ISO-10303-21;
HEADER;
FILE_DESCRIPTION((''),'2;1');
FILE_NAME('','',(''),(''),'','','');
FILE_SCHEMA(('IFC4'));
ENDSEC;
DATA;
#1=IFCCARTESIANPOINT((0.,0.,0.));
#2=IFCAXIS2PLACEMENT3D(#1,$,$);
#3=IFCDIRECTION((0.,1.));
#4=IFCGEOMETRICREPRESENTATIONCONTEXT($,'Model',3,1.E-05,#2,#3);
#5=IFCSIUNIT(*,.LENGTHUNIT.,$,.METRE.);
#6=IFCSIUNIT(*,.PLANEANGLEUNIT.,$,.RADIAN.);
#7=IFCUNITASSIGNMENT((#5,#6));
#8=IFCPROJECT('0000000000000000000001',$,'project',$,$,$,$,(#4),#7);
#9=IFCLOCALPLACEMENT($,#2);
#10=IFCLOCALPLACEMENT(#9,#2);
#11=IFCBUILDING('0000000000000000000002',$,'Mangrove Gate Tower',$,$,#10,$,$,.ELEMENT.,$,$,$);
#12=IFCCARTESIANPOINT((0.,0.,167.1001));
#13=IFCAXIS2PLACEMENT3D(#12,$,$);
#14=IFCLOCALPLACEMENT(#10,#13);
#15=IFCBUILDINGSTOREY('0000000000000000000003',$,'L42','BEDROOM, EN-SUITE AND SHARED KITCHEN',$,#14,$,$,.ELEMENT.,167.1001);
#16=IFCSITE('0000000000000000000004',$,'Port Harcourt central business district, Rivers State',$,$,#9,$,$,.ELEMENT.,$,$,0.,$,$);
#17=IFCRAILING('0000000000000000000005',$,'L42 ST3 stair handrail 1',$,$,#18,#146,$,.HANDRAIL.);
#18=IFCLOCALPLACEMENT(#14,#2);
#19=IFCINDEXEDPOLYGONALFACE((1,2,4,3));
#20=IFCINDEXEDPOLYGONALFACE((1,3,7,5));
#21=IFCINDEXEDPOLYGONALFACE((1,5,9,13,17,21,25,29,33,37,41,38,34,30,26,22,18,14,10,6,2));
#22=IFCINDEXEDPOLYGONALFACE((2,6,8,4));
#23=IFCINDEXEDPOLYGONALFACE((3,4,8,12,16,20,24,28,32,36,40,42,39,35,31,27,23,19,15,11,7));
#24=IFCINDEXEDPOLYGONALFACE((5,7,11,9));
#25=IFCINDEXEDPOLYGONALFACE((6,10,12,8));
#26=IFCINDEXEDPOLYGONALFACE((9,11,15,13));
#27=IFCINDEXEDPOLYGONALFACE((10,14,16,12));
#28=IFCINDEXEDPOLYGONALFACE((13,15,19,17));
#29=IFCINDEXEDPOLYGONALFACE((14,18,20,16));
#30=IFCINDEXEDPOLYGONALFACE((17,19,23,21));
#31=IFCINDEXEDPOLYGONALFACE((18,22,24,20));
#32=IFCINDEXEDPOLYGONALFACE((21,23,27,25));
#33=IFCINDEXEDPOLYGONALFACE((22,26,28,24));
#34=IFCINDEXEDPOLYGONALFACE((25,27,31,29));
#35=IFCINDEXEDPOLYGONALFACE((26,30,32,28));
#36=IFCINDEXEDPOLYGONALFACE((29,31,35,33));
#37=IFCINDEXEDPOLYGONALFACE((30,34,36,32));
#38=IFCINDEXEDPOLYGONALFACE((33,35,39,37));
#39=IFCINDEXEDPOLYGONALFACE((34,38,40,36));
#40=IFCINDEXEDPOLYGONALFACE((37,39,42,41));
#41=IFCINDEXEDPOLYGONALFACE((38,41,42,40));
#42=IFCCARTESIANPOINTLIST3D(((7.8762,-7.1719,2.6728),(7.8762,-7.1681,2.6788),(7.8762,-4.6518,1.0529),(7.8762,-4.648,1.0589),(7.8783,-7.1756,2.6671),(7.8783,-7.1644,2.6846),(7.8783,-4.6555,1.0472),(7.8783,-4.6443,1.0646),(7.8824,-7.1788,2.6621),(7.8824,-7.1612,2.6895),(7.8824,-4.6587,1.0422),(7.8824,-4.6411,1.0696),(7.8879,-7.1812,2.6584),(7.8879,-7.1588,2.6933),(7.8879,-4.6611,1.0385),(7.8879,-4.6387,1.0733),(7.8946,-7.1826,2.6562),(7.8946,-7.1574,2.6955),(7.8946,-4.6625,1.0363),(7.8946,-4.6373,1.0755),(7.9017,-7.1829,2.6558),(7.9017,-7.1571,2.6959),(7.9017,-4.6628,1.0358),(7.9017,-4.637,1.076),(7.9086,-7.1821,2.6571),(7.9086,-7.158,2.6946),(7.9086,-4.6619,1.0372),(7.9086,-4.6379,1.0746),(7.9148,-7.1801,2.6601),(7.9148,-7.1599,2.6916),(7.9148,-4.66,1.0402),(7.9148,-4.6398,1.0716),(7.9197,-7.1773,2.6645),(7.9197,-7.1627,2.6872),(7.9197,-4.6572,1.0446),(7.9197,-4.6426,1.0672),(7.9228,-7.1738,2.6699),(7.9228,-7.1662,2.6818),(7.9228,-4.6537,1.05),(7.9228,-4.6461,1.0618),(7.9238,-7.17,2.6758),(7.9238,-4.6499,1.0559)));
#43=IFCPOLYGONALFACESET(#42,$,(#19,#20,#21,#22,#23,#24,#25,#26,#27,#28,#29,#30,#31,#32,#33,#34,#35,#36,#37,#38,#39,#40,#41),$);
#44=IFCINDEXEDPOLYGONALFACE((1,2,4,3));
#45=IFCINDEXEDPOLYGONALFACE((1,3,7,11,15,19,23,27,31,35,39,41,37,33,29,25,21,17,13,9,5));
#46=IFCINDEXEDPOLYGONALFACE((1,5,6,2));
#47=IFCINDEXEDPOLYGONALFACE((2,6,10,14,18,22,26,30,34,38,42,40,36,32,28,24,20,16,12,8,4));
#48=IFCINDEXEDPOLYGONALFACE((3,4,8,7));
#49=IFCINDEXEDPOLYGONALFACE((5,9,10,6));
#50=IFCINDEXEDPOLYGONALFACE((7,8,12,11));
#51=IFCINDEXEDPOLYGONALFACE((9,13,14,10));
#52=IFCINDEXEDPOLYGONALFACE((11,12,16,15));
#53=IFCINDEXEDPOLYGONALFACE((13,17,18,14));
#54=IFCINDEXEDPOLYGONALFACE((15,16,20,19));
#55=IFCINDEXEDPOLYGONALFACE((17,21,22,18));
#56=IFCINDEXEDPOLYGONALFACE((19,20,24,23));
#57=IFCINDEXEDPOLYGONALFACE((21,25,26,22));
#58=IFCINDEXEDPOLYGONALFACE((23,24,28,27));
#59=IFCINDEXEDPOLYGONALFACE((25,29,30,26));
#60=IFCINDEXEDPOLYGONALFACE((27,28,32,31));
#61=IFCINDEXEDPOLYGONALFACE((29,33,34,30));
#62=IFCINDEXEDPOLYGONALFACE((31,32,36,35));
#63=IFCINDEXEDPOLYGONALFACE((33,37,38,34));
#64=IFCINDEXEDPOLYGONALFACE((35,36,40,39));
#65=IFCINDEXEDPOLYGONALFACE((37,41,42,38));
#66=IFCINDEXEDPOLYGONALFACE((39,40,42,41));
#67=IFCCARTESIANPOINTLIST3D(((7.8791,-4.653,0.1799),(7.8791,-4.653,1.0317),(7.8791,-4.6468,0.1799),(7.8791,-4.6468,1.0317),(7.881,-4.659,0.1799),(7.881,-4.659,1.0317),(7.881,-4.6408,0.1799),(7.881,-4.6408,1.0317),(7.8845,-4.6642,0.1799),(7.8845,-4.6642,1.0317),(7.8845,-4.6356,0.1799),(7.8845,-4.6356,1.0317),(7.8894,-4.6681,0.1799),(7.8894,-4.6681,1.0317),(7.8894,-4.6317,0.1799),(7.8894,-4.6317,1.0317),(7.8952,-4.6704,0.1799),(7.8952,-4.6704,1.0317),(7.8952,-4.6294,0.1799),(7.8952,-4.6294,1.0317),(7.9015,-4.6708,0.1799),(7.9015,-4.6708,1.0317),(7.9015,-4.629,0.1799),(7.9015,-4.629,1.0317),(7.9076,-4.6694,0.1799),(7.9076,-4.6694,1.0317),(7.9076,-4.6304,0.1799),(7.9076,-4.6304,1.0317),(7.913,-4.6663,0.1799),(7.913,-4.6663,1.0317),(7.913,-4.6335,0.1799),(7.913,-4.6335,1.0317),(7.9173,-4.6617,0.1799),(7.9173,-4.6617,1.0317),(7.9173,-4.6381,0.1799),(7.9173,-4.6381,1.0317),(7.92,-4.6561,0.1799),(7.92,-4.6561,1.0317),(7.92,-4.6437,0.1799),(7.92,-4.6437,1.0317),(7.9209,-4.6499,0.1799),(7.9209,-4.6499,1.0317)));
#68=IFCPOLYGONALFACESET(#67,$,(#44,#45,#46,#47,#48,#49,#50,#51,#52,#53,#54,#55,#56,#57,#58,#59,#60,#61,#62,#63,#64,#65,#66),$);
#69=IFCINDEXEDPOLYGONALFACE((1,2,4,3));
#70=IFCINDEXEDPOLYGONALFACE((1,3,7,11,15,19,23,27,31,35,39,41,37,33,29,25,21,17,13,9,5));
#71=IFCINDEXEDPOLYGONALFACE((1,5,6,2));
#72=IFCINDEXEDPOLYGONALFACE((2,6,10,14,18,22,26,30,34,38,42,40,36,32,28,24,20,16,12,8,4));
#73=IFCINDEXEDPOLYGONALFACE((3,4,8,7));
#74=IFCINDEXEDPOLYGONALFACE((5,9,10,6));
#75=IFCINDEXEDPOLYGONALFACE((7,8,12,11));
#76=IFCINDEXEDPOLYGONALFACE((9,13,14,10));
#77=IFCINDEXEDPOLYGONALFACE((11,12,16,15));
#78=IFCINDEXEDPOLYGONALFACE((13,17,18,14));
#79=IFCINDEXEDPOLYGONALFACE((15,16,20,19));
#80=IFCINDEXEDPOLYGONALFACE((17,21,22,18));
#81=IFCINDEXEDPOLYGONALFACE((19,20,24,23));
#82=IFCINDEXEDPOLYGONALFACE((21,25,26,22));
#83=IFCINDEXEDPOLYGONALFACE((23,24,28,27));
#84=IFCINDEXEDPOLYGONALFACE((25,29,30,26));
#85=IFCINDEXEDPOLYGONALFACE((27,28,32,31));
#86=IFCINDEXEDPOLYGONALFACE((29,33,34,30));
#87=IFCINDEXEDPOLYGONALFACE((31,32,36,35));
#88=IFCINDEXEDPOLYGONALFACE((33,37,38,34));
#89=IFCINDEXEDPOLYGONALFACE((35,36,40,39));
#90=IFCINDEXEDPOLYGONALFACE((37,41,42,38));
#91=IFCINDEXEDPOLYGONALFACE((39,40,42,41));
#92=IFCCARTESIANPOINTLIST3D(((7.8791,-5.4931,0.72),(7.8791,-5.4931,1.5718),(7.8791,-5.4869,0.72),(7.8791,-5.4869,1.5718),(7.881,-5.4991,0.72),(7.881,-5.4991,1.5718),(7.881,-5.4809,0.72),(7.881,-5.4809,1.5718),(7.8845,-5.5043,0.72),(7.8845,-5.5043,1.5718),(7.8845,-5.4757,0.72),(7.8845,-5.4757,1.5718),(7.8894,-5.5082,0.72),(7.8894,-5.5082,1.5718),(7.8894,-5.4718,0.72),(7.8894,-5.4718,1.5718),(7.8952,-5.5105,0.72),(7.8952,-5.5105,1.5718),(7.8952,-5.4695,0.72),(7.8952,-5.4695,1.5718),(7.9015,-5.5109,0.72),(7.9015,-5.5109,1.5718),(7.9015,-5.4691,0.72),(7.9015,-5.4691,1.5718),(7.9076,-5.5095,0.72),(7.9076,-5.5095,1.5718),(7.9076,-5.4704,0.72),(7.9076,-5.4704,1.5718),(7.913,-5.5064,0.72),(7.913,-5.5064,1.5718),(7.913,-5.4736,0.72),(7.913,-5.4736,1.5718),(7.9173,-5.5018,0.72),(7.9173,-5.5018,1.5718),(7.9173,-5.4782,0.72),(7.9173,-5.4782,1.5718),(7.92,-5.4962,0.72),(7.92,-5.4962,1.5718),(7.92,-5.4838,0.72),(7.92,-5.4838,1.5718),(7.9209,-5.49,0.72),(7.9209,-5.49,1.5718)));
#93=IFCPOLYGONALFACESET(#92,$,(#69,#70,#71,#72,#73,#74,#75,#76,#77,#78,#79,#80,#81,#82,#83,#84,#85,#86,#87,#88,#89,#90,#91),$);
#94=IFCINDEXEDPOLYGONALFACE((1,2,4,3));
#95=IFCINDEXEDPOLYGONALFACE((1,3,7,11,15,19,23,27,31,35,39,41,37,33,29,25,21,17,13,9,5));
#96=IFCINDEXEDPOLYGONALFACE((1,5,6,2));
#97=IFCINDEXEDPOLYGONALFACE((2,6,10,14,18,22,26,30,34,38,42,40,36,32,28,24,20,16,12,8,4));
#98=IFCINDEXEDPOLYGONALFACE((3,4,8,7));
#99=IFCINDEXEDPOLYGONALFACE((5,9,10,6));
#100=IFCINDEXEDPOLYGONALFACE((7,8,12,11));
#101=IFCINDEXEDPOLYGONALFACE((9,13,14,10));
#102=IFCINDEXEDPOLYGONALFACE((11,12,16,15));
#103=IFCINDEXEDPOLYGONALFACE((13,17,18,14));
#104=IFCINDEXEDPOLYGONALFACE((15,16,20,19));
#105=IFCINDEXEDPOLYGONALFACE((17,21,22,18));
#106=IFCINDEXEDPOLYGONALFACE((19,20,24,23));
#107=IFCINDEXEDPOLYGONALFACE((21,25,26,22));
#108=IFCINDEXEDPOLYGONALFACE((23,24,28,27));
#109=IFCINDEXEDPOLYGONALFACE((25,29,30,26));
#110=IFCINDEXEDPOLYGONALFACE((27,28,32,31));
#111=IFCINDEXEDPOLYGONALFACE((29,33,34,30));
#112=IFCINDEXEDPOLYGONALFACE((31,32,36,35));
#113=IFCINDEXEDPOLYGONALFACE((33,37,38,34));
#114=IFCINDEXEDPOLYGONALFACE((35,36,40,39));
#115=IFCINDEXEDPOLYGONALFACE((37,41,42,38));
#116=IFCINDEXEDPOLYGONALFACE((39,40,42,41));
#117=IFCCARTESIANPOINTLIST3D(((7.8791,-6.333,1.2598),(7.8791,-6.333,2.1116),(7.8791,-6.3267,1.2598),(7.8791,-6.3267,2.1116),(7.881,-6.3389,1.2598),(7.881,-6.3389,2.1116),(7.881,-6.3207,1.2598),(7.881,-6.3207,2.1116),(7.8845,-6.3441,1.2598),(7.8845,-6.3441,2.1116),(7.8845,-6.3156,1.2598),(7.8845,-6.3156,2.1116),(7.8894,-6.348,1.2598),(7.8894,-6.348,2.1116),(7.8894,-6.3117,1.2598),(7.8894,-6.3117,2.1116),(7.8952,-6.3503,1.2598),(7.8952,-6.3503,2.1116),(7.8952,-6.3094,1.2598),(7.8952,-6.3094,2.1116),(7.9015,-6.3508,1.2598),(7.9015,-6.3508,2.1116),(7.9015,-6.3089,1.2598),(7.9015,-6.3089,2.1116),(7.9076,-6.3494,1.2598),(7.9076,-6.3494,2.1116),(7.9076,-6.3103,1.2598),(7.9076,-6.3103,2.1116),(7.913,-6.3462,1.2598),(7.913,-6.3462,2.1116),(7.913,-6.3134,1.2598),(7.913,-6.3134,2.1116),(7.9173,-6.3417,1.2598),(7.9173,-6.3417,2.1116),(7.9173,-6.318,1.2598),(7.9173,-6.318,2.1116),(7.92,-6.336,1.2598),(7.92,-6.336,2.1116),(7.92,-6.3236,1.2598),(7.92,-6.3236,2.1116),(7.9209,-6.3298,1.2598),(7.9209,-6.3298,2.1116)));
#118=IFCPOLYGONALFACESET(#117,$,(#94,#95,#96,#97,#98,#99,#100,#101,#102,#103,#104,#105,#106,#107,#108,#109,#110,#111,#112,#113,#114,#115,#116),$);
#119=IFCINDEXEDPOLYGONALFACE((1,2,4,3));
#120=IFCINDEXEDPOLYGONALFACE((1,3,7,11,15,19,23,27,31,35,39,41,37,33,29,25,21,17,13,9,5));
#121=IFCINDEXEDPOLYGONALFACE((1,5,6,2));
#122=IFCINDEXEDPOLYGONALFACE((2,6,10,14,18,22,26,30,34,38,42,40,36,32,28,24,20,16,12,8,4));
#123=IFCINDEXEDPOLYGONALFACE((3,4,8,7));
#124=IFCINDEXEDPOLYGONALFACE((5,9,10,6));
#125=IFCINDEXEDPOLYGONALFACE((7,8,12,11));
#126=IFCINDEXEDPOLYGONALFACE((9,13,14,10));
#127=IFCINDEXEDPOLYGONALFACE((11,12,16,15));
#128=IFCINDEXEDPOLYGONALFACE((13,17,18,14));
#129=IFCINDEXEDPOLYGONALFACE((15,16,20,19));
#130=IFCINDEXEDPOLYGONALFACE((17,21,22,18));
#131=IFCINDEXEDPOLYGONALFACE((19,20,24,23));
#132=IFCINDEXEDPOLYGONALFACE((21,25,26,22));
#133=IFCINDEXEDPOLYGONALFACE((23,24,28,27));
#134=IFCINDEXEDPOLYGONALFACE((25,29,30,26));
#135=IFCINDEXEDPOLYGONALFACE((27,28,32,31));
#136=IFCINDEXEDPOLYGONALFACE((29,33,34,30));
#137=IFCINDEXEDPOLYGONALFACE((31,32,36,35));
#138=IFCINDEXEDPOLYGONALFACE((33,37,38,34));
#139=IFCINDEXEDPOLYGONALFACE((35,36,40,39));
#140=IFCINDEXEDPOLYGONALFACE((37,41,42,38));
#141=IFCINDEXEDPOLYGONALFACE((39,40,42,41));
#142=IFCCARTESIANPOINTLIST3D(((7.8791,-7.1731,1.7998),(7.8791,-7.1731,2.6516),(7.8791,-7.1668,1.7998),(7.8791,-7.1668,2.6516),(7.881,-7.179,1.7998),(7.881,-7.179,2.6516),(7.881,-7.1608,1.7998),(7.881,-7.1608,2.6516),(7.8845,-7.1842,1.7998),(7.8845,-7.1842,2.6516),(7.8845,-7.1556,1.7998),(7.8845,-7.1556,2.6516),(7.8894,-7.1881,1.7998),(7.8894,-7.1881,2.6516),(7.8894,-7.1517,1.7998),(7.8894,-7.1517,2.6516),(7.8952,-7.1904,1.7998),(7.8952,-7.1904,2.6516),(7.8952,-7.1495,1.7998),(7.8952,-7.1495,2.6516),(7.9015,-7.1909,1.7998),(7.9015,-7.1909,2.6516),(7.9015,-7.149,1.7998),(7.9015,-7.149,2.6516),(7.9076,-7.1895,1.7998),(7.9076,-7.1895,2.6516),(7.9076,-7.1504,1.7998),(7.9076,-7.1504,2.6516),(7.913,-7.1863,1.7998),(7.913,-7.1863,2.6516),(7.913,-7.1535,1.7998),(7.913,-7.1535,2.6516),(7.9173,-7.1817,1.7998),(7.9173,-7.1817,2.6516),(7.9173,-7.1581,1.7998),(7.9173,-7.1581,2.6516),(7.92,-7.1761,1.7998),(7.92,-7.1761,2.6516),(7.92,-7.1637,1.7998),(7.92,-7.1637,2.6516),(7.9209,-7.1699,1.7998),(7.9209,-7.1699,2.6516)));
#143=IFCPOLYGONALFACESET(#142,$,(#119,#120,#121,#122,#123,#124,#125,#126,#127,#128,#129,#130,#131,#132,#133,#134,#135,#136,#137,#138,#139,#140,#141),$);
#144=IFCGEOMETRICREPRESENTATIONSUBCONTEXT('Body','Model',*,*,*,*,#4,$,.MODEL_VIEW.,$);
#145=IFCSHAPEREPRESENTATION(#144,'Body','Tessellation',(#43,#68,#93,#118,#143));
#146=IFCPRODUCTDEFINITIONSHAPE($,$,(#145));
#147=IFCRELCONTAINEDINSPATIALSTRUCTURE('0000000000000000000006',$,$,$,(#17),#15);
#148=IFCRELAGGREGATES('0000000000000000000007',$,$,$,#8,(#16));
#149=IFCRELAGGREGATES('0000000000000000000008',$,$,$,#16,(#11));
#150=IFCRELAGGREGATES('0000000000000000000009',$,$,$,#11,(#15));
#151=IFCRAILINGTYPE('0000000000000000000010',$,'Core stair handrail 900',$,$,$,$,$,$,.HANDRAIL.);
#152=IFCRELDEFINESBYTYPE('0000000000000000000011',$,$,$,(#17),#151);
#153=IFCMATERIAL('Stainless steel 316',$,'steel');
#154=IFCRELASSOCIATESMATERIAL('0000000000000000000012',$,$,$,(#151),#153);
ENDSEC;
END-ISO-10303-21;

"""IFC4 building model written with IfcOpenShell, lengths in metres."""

from ifc_helpers import new_model, si_unit, direction, frame, origin, origin_2d, place, context, subcontext, project, spatial, circle, extrude, material, type_object, element, save


model = new_model("IFC4")

# Units and contexts
model_context = context("Model", 3, precision=1e-05, world=origin(), true_north=direction((0.0, 1.0)))
body_context = subcontext(model_context, "Body", "Model", "MODEL_VIEW")
ifc_project = project(units=[si_unit("LENGTHUNIT", "METRE"), si_unit("PLANEANGLEUNIT", "RADIAN")], contexts=[model_context])

# Site, building, storey
site_placement = place(None, origin())
site = spatial("IfcSite", under=ifc_project, at=site_placement, Name="Port Harcourt central business district, Rivers State", CompositionType="ELEMENT", RefElevation=0.0)
building_placement = place(site_placement, origin())
building = spatial("IfcBuilding", under=site, at=building_placement, Name="Mangrove Gate Tower", CompositionType="ELEMENT")
storey_placement = place(building_placement, frame((0.0, 0.0, 167.1001)))
storey = spatial("IfcBuildingStorey", under=building, at=storey_placement, Name="L42", Description="BEDROOM, EN-SUITE AND SHARED KITCHEN", CompositionType="ELEMENT", Elevation=167.1001)

# Railing
ifc_material_1 = material(Name="Stainless steel 316", Category="steel")
railing_type_1 = type_object("IfcRailingType", Name="Core stair handrail 900", PredefinedType="HANDRAIL", material=ifc_material_1)
railing_1_placement = place(storey_placement, frame((7.8999, -4.6499, 0.1799)))
element("IfcRailing", 1, at=railing_1_placement, inside=storey, type_object=railing_type_1, Name="L42 ST3 stair handrail 1", PredefinedType="HANDRAIL", context=body_context, shape_type="SweptSolid", body=[
    extrude(circle(Radius=0.0239, at=origin_2d()), frame((0.0, 0.0, 0.876), z_axis=(0.0, -0.8412, 0.540725), x_axis=(1.0, 0.0, 0.0)), (0.0, 0.0, 1.0), 2.9958),
    extrude(circle(Radius=0.021, at=origin_2d()), origin(), (0.0, 0.0, 1.0), 0.8518),
    extrude(circle(Radius=0.021, at=origin_2d()), frame((0.0, -0.8401, 0.54)), (0.0, 0.0, 1.0), 0.8518),
    extrude(circle(Radius=0.021, at=origin_2d()), frame((0.0, -1.6799, 1.0798)), (0.0, 0.0, 1.0), 0.8518),
    extrude(circle(Radius=0.021, at=origin_2d()), frame((0.0, -2.52, 1.6199)), (0.0, 0.0, 1.0), 0.8518),
])

save(model, "model.ifc")
